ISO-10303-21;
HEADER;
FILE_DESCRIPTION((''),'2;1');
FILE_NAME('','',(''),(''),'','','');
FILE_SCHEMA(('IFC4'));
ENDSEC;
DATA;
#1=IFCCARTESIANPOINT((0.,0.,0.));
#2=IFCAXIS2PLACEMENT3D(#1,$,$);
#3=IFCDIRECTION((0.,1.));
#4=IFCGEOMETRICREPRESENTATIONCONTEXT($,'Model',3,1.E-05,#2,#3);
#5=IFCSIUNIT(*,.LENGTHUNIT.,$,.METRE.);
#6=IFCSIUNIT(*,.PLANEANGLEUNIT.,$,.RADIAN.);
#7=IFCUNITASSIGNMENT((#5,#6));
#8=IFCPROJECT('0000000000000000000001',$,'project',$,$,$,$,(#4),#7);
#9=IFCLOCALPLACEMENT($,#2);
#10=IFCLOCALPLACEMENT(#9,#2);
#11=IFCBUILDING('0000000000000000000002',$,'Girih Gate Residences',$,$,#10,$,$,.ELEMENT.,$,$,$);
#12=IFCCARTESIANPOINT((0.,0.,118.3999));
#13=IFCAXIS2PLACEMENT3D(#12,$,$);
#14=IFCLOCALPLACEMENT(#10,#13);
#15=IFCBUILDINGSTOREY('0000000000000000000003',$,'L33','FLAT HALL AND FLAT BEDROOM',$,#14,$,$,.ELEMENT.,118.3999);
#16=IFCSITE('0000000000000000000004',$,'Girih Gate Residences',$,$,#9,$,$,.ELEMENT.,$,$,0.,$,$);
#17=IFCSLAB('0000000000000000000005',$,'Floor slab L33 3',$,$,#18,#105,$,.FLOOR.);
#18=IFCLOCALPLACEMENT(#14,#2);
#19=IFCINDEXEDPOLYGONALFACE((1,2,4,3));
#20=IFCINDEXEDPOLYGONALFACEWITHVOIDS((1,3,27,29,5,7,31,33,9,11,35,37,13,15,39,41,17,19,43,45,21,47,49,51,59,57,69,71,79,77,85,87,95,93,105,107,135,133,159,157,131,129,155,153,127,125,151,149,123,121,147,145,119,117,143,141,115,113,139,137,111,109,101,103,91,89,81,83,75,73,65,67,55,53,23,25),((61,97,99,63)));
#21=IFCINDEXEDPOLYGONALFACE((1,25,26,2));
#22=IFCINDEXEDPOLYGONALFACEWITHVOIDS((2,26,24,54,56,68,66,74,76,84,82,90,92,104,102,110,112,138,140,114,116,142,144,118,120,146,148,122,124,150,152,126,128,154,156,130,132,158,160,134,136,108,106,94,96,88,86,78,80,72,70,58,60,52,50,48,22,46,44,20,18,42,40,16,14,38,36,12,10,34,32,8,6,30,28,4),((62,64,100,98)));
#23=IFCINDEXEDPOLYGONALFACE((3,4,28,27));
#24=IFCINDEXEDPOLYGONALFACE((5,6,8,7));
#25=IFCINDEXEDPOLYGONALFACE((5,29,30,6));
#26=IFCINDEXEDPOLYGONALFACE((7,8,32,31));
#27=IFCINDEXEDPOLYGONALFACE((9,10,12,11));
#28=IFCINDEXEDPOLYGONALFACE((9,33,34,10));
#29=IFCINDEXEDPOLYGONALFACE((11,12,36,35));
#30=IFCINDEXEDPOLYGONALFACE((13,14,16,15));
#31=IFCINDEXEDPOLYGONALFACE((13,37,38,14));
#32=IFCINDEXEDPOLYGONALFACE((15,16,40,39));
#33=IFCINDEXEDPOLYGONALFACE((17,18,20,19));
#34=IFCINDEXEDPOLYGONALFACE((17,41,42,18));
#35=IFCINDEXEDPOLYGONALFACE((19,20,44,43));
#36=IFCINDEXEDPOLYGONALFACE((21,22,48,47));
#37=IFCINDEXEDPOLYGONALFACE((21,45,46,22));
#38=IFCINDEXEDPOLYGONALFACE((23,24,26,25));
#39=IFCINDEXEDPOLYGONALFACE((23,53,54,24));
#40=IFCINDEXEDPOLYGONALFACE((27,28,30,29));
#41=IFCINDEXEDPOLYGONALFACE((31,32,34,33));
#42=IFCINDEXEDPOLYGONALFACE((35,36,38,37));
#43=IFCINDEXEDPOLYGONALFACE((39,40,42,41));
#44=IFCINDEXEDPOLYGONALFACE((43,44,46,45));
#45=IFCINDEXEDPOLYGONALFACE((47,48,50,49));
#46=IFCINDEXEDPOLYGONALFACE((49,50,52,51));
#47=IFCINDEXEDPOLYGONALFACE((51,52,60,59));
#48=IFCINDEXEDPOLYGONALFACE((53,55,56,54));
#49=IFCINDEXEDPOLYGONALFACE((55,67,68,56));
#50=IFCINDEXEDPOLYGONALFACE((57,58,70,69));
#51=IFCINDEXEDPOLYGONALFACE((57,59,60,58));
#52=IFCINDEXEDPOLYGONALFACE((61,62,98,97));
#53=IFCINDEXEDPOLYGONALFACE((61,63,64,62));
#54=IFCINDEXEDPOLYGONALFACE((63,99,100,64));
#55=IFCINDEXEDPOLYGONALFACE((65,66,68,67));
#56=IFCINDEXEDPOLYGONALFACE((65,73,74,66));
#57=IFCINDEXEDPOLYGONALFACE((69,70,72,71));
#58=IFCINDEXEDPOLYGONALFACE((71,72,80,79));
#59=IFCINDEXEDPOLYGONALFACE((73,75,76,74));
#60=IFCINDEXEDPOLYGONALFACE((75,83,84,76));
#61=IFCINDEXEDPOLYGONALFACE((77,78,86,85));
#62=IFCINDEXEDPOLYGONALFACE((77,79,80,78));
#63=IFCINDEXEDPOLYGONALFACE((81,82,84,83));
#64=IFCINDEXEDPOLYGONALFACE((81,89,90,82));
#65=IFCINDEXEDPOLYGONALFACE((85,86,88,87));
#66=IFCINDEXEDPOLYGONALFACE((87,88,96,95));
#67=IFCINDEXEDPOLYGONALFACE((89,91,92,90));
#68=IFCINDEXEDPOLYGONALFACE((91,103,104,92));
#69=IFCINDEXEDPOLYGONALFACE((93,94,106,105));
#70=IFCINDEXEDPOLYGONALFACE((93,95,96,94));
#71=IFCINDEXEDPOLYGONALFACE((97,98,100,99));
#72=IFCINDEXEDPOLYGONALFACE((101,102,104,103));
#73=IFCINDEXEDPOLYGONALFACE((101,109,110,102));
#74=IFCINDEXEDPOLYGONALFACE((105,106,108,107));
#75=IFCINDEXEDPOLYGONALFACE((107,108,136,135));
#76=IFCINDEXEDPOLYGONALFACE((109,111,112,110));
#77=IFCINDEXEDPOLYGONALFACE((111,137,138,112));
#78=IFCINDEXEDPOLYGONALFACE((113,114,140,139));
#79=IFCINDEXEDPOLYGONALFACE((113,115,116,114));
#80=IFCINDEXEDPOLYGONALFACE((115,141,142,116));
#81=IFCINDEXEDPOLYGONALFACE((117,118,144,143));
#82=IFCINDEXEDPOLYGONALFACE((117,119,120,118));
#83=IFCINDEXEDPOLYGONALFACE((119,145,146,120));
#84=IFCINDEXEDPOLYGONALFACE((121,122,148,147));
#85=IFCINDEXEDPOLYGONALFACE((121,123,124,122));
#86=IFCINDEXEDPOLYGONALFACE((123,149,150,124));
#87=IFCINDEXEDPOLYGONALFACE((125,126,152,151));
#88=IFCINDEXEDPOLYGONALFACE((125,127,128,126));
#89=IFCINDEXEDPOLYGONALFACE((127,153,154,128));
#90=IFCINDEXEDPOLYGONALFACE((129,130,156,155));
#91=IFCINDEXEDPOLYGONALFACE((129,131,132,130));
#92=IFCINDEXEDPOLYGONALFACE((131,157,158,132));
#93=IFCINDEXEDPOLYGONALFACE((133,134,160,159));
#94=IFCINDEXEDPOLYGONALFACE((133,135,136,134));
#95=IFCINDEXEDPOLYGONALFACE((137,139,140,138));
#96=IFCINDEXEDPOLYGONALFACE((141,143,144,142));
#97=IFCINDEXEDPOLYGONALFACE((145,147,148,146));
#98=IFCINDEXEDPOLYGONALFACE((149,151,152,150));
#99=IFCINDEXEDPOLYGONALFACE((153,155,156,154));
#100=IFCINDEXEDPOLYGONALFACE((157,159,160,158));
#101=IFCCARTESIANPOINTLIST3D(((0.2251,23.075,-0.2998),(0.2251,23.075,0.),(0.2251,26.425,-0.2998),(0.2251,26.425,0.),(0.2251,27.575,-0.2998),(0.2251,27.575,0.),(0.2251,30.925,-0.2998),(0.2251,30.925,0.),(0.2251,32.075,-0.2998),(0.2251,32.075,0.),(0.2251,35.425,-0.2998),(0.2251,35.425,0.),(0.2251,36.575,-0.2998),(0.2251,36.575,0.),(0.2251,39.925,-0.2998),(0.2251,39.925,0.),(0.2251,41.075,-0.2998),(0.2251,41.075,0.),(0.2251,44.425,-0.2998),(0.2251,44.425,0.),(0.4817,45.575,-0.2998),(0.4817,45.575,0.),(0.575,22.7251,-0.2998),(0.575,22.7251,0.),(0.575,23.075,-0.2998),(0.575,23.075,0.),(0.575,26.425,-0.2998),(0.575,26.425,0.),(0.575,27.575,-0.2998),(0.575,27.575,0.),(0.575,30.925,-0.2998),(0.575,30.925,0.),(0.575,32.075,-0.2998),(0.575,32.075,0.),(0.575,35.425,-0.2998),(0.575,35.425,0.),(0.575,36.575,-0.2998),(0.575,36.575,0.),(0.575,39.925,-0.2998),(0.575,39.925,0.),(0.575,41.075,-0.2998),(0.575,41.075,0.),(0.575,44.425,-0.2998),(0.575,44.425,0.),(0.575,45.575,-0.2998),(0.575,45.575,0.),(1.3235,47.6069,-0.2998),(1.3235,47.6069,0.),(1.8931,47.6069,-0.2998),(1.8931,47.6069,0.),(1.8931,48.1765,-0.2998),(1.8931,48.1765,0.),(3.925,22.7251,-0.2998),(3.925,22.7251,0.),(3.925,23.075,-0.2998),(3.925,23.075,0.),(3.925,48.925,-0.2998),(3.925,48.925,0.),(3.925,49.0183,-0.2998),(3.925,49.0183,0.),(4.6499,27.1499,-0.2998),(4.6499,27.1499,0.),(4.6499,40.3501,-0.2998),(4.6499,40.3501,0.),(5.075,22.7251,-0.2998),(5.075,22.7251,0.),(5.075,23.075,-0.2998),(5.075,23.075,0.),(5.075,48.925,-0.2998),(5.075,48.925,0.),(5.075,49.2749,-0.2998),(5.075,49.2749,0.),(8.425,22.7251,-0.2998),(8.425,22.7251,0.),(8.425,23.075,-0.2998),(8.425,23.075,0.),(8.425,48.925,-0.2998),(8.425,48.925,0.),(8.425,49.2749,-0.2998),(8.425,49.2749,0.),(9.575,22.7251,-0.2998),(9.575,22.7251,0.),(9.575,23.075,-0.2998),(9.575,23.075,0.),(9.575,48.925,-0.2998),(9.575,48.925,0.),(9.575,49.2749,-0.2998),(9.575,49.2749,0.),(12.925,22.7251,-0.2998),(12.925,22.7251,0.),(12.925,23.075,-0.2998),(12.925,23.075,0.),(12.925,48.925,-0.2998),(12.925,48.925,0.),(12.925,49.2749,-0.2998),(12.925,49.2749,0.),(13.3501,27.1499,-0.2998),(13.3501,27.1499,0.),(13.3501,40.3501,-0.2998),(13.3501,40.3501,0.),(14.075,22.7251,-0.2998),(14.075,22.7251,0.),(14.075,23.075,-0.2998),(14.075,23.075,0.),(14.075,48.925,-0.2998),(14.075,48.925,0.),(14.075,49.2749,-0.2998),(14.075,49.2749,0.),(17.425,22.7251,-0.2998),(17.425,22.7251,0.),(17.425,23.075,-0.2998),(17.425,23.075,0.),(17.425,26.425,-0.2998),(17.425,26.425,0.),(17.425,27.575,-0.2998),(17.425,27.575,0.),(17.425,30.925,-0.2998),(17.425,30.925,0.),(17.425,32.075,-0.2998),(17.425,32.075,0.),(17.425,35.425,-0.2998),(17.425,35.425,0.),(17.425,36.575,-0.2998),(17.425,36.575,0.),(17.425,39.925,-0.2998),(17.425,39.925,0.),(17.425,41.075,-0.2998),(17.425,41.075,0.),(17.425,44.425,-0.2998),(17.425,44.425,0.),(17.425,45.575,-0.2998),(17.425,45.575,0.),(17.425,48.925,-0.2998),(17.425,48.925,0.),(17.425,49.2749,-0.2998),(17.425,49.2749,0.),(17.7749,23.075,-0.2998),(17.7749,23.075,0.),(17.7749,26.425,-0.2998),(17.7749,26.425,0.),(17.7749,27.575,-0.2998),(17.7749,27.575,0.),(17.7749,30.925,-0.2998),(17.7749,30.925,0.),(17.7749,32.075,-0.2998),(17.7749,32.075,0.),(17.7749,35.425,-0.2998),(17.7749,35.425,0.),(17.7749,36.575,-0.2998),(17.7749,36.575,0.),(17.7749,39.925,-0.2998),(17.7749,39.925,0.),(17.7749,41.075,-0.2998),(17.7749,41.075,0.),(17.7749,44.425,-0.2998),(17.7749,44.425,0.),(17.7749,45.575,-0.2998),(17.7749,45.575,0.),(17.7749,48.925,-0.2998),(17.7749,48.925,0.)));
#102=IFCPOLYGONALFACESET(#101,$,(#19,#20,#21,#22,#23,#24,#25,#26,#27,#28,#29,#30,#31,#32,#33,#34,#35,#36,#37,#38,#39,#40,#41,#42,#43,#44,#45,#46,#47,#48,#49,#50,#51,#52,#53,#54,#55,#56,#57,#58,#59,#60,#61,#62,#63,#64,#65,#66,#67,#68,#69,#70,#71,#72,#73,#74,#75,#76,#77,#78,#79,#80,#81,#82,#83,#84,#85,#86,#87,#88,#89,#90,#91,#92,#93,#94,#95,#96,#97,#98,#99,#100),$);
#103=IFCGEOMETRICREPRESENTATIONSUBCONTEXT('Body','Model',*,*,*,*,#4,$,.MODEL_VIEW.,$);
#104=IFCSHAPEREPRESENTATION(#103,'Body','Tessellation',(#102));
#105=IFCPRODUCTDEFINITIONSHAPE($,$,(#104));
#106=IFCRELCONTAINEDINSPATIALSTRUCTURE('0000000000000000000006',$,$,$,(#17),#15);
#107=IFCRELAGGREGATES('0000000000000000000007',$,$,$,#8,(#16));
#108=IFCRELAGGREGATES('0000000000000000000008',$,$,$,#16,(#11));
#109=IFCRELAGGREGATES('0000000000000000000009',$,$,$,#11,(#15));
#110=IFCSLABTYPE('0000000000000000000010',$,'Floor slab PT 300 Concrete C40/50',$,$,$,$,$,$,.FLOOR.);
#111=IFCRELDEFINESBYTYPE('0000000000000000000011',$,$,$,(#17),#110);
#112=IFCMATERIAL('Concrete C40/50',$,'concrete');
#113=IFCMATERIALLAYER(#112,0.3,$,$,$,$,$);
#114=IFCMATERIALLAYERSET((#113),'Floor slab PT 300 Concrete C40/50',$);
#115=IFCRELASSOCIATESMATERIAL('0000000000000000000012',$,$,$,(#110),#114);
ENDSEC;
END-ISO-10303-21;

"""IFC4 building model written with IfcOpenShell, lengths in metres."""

from ifc_helpers import new_model, si_unit, direction, frame, origin, place, context, subcontext, project, spatial, polyline, outline, extrude, material, layer, layer_set, type_object, element, save


model = new_model("IFC4")

# Units and contexts
model_context = context("Model", 3, precision=1e-05, world=origin(), true_north=direction((0.0, 1.0)))
body_context = subcontext(model_context, "Body", "Model", "MODEL_VIEW")
ifc_project = project(units=[si_unit("LENGTHUNIT", "METRE"), si_unit("PLANEANGLEUNIT", "RADIAN")], contexts=[model_context])

# Site, building, storey
site_placement = place(None, origin())
site = spatial("IfcSite", under=ifc_project, at=site_placement, Name="Girih Gate Residences", CompositionType="ELEMENT", RefElevation=0.0)
building_placement = place(site_placement, origin())
building = spatial("IfcBuilding", under=site, at=building_placement, Name="Girih Gate Residences", CompositionType="ELEMENT")
storey_placement = place(building_placement, frame((0.0, 0.0, 118.3999)))
storey = spatial("IfcBuildingStorey", under=building, at=storey_placement, Name="L33", Description="FLAT HALL AND FLAT BEDROOM", CompositionType="ELEMENT", Elevation=118.3999)

# Slab
ifc_material_1 = material(Name="Concrete C40/50", Category="concrete")
ifc_layer_1 = layer(ifc_material_1, 0.3)
ifc_layer_set_1 = layer_set([ifc_layer_1], Name="Floor slab PT 300 Concrete C40/50")
slab_type_1 = type_object("IfcSlabType", Name="Floor slab PT 300 Concrete C40/50", PredefinedType="FLOOR", material=ifc_layer_set_1)
slab_1_placement = place(storey_placement, frame((0.0, 0.0, -0.2998)))
element("IfcSlab", 1, at=slab_1_placement, inside=storey, type_object=slab_type_1, Name="Floor slab L33 3", PredefinedType="FLOOR", context=body_context, shape_type="SweptSolid", body=[
    extrude(outline(polyline([(0.2251, 26.425), (0.2251, 23.075), (0.575, 23.075), (0.575, 22.7251), (3.925, 22.7251), (3.925, 23.075), (5.075, 23.075), (5.075, 22.7251), (8.425, 22.7251), (8.425, 23.075), (9.575, 23.075), (9.575, 22.7251), (12.925, 22.7251), (12.925, 23.075), (14.075, 23.075), (14.075, 22.7251), (17.425, 22.7251), (17.425, 23.075), (17.7749, 23.075), (17.7749, 26.425), (17.425, 26.425), (17.425, 27.575), (17.7749, 27.575), (17.7749, 30.925), (17.425, 30.925), (17.425, 32.075), (17.7749, 32.075), (17.7749, 35.425), (17.425, 35.425), (17.425, 36.575), (17.7749, 36.575), (17.7749, 39.925), (17.425, 39.925), (17.425, 41.075), (17.7749, 41.075), (17.7749, 44.425), (17.425, 44.425), (17.425, 45.575), (17.7749, 45.575), (17.7749, 48.925), (17.425, 48.925), (17.425, 49.2749), (14.075, 49.2749), (14.075, 48.925), (12.925, 48.925), (12.925, 49.2749), (9.575, 49.2749), (9.575, 48.925), (8.425, 48.925), (8.425, 49.2749), (5.075, 49.2749), (5.075, 48.925), (3.925, 48.925), (3.925, 49.0183), (1.8931, 48.1765), (1.8931, 47.6069), (1.3235, 47.6069), (0.4817, 45.575), (0.575, 45.575), (0.575, 44.425), (0.2251, 44.425), (0.2251, 41.075), (0.575, 41.075), (0.575, 39.925), (0.2251, 39.925), (0.2251, 36.575), (0.575, 36.575), (0.575, 35.425), (0.2251, 35.425), (0.2251, 32.075), (0.575, 32.075), (0.575, 30.925), (0.2251, 30.925), (0.2251, 27.575), (0.575, 27.575), (0.575, 26.425), (0.2251, 26.425)]), holes=[polyline([(13.3501, 40.3501), (13.3501, 27.1499), (4.6499, 27.1499), (4.6499, 40.3501), (13.3501, 40.3501)])]), origin(), (0.0, 0.0, 1.0), 0.2998),
])

save(model, "model.ifc")
